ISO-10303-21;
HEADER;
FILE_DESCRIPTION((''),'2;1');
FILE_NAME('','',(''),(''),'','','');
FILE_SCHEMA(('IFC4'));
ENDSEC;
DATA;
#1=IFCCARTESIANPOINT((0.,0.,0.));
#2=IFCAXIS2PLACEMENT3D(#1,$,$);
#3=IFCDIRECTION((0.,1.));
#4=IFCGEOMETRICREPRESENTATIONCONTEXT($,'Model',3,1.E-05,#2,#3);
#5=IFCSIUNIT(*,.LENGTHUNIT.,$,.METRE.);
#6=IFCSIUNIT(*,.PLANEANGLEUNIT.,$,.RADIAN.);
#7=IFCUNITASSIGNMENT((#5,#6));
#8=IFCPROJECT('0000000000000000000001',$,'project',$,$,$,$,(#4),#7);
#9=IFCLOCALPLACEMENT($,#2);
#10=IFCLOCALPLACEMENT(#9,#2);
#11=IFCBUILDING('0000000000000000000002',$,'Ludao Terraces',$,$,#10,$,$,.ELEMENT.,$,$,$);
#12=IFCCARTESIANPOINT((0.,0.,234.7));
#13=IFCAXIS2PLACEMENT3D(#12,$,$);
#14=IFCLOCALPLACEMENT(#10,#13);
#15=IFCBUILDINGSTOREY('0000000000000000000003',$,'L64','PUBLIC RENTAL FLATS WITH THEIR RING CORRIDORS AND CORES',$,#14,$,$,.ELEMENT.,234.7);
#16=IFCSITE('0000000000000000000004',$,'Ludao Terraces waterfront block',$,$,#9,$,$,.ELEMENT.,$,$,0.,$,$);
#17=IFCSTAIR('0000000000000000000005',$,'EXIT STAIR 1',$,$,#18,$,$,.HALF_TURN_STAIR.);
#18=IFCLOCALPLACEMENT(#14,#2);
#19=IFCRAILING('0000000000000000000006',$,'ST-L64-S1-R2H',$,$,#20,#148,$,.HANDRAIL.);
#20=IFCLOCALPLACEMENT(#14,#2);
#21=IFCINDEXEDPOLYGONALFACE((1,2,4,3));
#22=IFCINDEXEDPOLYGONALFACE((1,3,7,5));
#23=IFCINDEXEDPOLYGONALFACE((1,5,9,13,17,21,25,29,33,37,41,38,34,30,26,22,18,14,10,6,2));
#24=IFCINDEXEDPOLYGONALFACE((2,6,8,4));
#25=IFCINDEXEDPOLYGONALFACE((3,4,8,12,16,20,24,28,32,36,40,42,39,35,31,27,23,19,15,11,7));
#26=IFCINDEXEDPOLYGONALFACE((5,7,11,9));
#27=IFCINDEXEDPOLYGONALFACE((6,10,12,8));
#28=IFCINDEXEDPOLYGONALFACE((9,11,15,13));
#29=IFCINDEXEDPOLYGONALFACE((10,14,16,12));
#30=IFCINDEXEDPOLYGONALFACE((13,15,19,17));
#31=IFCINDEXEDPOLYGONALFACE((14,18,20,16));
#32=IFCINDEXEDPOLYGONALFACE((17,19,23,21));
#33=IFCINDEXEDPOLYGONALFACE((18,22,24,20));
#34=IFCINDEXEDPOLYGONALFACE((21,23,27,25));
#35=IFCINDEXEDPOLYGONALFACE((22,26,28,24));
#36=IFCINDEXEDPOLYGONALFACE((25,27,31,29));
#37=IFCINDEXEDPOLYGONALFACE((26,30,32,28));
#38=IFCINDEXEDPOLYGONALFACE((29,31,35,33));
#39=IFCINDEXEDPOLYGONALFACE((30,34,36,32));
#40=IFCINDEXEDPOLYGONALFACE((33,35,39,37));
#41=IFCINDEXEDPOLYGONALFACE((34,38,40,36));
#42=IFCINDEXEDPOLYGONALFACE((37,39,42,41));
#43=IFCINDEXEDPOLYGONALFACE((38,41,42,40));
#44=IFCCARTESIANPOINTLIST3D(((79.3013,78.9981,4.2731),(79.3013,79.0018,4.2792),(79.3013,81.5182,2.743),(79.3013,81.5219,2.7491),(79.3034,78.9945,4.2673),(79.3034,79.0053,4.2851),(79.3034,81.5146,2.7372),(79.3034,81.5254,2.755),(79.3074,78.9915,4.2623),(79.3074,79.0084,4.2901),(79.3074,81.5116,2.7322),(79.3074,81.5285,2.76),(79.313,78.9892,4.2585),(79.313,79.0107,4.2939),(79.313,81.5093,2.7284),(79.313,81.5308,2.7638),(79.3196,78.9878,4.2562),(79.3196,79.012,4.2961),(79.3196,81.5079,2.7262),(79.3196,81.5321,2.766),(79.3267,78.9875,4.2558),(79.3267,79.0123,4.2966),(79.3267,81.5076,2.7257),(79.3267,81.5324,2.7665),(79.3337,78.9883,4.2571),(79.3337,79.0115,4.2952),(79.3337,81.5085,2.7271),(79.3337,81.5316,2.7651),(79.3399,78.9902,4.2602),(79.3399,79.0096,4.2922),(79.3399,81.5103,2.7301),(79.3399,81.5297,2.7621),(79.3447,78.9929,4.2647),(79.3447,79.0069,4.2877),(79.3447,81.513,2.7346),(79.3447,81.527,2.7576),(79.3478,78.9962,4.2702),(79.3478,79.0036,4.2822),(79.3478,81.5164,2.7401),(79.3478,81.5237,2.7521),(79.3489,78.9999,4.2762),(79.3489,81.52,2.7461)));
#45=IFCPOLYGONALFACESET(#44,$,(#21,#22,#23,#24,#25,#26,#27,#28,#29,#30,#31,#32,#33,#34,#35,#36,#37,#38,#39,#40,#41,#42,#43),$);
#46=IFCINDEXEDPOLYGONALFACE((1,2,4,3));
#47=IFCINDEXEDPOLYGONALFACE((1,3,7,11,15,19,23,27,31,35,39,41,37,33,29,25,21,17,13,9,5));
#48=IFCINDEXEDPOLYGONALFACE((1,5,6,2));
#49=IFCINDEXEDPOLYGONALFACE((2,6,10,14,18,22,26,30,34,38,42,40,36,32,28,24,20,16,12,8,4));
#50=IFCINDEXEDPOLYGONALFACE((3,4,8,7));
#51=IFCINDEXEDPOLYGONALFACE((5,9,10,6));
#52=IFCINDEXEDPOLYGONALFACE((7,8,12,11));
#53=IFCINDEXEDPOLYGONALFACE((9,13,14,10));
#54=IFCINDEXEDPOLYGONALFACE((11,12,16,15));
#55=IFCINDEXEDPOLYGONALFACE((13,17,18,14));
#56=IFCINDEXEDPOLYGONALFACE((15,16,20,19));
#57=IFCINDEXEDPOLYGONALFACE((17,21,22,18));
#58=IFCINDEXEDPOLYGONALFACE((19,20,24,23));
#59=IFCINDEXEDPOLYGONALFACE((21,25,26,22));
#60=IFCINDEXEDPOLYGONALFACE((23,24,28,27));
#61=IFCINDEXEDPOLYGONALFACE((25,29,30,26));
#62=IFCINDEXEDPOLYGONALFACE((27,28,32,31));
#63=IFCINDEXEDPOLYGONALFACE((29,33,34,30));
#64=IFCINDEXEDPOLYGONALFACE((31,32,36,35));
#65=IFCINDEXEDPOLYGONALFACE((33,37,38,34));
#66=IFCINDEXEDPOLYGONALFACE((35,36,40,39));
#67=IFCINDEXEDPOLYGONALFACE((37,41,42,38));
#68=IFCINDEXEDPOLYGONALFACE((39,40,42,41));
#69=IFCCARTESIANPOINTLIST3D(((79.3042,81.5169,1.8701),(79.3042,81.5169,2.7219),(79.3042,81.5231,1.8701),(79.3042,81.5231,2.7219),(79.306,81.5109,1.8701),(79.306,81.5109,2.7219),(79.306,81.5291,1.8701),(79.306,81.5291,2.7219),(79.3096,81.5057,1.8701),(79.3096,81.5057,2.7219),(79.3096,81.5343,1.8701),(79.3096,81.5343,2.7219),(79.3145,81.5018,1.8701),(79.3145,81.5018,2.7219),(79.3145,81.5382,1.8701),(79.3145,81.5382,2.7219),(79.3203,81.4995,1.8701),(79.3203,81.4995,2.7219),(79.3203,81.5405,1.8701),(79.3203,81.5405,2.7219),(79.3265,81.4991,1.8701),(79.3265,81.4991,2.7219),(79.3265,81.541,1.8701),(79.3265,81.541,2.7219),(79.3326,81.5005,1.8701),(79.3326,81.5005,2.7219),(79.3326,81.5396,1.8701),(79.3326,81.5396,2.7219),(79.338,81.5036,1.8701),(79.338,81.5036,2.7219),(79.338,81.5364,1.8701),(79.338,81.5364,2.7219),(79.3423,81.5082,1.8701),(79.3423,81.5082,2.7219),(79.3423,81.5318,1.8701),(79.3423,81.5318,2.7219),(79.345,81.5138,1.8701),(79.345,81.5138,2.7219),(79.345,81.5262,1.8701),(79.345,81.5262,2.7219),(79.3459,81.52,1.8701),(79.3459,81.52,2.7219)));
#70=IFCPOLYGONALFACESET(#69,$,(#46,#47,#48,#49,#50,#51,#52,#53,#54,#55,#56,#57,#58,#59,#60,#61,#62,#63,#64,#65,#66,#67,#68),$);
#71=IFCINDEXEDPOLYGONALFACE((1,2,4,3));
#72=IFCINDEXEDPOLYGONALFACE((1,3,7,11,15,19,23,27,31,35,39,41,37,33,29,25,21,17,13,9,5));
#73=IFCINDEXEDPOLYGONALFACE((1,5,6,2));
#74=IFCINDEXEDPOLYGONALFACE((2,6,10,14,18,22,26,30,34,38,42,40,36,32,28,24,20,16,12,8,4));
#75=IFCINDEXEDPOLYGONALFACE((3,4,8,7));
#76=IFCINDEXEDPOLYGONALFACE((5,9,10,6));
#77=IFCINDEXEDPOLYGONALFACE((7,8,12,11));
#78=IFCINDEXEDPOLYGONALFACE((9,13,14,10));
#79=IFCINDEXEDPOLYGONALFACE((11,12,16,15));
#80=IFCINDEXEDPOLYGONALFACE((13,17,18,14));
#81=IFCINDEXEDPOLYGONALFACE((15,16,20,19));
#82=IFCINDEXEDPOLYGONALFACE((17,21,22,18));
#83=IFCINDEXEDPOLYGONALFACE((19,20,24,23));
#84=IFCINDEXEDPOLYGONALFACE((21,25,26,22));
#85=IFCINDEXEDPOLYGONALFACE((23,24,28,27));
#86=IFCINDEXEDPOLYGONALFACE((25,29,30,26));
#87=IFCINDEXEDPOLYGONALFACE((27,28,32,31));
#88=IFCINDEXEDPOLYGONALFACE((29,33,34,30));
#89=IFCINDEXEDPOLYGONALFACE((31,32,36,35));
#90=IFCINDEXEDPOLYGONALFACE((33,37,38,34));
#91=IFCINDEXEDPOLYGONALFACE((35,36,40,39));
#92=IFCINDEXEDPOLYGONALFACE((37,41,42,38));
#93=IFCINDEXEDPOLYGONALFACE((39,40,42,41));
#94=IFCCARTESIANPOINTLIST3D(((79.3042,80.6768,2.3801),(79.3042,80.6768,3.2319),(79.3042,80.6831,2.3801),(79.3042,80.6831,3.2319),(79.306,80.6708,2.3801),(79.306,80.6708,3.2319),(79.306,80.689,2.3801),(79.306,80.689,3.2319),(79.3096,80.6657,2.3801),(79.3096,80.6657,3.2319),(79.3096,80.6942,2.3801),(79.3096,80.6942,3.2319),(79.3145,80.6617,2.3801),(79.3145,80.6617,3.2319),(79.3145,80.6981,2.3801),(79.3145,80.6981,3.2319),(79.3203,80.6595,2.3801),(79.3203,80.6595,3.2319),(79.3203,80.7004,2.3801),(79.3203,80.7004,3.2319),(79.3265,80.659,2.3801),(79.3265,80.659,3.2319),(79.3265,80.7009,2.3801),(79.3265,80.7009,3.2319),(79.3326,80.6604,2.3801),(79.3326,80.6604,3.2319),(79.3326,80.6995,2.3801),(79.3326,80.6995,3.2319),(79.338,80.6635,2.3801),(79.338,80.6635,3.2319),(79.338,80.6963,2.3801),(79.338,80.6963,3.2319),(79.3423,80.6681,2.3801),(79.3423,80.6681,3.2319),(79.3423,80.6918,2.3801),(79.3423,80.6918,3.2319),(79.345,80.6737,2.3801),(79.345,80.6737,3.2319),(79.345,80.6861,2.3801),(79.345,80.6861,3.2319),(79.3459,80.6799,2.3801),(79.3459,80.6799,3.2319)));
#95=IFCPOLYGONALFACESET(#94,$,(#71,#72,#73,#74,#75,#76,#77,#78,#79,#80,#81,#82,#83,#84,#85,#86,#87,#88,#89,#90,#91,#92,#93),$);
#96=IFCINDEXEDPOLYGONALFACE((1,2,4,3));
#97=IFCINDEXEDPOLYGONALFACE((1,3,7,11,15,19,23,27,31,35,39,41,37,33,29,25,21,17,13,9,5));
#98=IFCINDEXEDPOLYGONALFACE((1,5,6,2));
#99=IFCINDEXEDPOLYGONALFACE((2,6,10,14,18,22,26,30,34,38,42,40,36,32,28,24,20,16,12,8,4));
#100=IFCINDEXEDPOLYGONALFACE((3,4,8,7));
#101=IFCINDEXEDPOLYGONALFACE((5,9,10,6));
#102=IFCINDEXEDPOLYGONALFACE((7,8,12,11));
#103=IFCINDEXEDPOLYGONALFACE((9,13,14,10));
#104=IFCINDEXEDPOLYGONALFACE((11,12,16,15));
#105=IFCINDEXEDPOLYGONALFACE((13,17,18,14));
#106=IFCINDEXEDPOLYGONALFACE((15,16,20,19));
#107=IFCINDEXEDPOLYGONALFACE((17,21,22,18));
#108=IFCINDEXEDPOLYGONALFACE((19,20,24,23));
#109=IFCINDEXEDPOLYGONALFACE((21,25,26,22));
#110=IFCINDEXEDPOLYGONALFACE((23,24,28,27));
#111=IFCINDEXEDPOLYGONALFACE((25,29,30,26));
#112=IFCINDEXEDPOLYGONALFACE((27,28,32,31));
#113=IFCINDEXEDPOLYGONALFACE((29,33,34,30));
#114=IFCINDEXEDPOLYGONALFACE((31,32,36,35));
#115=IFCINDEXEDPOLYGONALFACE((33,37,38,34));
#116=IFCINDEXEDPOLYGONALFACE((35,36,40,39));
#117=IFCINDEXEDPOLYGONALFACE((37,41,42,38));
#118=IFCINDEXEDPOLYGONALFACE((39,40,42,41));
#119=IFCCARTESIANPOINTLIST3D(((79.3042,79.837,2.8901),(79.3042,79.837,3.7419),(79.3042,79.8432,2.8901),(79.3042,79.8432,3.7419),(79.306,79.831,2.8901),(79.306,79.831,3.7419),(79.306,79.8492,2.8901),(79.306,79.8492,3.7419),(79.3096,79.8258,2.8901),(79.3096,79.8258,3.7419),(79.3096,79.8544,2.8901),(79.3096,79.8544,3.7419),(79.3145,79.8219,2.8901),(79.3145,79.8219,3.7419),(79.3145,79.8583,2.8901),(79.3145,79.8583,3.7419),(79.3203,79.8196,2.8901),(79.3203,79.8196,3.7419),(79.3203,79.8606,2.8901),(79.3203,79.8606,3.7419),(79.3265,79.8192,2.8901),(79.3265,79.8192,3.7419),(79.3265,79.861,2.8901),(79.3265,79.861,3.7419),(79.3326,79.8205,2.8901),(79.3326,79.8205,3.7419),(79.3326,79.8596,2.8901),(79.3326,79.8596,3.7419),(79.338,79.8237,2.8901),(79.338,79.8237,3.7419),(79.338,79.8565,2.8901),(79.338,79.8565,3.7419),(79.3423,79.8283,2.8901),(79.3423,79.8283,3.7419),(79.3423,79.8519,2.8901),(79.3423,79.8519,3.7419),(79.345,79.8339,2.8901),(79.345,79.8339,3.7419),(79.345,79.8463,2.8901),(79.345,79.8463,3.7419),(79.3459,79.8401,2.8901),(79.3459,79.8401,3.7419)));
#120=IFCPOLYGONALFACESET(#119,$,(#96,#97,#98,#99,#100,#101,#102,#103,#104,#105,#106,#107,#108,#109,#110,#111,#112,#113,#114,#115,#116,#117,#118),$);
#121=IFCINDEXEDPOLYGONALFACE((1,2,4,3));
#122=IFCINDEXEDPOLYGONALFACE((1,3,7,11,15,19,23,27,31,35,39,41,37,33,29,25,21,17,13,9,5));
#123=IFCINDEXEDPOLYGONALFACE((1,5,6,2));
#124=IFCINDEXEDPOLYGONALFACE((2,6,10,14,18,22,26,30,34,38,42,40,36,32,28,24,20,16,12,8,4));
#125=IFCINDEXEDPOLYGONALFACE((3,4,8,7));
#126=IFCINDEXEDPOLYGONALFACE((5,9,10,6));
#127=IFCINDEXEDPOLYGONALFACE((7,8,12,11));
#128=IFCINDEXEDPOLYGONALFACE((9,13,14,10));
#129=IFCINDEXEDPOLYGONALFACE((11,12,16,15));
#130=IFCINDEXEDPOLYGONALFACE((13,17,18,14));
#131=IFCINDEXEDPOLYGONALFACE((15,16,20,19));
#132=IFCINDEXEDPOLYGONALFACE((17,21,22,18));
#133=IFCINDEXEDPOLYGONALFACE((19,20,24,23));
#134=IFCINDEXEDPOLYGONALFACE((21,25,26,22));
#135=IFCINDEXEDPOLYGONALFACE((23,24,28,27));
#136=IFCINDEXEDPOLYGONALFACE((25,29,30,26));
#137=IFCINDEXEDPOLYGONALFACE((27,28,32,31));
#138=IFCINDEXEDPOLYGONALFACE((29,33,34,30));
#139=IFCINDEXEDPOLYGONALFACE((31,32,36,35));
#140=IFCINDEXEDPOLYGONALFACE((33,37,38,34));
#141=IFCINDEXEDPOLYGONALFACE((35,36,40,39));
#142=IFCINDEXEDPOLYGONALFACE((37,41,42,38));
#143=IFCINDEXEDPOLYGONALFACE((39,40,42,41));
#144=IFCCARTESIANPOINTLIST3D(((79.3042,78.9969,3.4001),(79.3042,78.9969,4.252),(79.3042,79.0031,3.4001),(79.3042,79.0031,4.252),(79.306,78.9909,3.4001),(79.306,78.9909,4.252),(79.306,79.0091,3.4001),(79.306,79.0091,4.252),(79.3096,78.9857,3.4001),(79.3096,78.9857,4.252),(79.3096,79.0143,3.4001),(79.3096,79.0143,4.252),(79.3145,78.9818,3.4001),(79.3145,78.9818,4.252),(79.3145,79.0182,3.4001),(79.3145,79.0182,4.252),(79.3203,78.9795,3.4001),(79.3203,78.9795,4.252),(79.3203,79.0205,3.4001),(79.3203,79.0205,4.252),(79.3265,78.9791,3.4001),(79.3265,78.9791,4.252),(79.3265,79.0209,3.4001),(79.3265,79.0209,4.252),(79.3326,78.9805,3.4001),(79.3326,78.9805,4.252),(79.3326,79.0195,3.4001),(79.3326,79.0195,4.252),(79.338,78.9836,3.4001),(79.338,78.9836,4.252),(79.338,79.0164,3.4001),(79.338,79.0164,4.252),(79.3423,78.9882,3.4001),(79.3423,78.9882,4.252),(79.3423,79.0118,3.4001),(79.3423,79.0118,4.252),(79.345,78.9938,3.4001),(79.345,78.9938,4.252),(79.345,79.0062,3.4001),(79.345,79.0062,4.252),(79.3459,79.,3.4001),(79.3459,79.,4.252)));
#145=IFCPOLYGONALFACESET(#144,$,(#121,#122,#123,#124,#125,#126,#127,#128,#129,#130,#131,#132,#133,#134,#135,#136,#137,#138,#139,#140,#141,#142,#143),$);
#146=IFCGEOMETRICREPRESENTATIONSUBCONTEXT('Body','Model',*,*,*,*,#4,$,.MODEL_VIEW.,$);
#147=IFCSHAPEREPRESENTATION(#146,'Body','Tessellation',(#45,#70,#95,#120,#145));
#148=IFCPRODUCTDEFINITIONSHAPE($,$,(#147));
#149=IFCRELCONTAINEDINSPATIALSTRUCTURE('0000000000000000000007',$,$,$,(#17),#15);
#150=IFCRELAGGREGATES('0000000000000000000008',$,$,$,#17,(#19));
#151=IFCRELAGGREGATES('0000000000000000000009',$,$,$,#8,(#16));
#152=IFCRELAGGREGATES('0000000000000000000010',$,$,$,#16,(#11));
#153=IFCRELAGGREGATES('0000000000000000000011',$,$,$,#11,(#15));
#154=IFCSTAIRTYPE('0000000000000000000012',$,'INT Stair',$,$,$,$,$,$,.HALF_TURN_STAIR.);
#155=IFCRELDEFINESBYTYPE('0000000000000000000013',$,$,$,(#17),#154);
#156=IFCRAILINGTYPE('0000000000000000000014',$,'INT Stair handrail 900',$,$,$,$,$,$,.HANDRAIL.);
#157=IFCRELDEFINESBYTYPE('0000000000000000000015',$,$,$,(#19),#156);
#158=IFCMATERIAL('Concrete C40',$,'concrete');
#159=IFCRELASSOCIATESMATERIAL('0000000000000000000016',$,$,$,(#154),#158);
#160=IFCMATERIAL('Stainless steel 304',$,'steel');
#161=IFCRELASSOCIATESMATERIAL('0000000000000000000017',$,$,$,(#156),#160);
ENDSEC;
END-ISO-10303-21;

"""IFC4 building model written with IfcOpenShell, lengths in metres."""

from ifc_helpers import new_model, si_unit, direction, frame, origin, origin_2d, place, context, subcontext, project, spatial, circle, extrude, material, type_object, element, aggregate, save


model = new_model("IFC4")

# Units and contexts
model_context = context("Model", 3, precision=1e-05, world=origin(), true_north=direction((0.0, 1.0)))
body_context = subcontext(model_context, "Body", "Model", "MODEL_VIEW")
ifc_project = project(units=[si_unit("LENGTHUNIT", "METRE"), si_unit("PLANEANGLEUNIT", "RADIAN")], contexts=[model_context])

# Site, building, storey
site_placement = place(None, origin())
site = spatial("IfcSite", under=ifc_project, at=site_placement, Name="Ludao Terraces waterfront block", CompositionType="ELEMENT", RefElevation=0.0)
building_placement = place(site_placement, origin())
building = spatial("IfcBuilding", under=site, at=building_placement, Name="Ludao Terraces", CompositionType="ELEMENT")
storey_placement = place(building_placement, frame((0.0, 0.0, 234.7)))
storey = spatial("IfcBuildingStorey", under=building, at=storey_placement, Name="L64", Description="PUBLIC RENTAL FLATS WITH THEIR RING CORRIDORS AND CORES", CompositionType="ELEMENT", Elevation=234.7)

# Shared definitions
ifc_material_1 = material(Name="Concrete C40", Category="concrete")

# Stair, railing
stair_type = type_object("IfcStairType", Name="INT Stair", PredefinedType="HALF_TURN_STAIR", material=ifc_material_1)
stair_placement = place(storey_placement, origin())
stair = element("IfcStair", 1, at=stair_placement, inside=storey, type_object=stair_type, Name="EXIT STAIR 1", PredefinedType="HALF_TURN_STAIR")
ifc_material_2 = material(Name="Stainless steel 304", Category="steel")
railing_type_1 = type_object("IfcRailingType", Name="INT Stair handrail 900", PredefinedType="HANDRAIL", material=ifc_material_2)
railing_1_placement = place(storey_placement, frame((79.325, 81.52, 1.8701)))
railing_1 = element("IfcRailing", 2, at=railing_1_placement, type_object=railing_type_1, Name="ST-L64-S1-R2H", PredefinedType="HANDRAIL", context=body_context, shape_type="SweptSolid", body=[
    extrude(circle(Radius=0.0239, at=origin_2d()), frame((0.0, 0.0, 0.876), z_axis=(0.0, -0.854785, 0.518982), x_axis=(1.0, 0.0, 0.0)), (0.0, 0.0, 1.0), 2.9482),
    extrude(circle(Radius=0.021, at=origin_2d()), origin(), (0.0, 0.0, 1.0), 0.8518),
    extrude(circle(Radius=0.021, at=origin_2d()), frame((0.0, -0.8401, 0.51)), (0.0, 0.0, 1.0), 0.8518),
    extrude(circle(Radius=0.021, at=origin_2d()), frame((0.0, -1.6799, 1.02)), (0.0, 0.0, 1.0), 0.8518),
    extrude(circle(Radius=0.021, at=origin_2d()), frame((0.0, -2.52, 1.53)), (0.0, 0.0, 1.0), 0.8518),
])
aggregate(stair, [railing_1])

save(model, "model.ifc")
